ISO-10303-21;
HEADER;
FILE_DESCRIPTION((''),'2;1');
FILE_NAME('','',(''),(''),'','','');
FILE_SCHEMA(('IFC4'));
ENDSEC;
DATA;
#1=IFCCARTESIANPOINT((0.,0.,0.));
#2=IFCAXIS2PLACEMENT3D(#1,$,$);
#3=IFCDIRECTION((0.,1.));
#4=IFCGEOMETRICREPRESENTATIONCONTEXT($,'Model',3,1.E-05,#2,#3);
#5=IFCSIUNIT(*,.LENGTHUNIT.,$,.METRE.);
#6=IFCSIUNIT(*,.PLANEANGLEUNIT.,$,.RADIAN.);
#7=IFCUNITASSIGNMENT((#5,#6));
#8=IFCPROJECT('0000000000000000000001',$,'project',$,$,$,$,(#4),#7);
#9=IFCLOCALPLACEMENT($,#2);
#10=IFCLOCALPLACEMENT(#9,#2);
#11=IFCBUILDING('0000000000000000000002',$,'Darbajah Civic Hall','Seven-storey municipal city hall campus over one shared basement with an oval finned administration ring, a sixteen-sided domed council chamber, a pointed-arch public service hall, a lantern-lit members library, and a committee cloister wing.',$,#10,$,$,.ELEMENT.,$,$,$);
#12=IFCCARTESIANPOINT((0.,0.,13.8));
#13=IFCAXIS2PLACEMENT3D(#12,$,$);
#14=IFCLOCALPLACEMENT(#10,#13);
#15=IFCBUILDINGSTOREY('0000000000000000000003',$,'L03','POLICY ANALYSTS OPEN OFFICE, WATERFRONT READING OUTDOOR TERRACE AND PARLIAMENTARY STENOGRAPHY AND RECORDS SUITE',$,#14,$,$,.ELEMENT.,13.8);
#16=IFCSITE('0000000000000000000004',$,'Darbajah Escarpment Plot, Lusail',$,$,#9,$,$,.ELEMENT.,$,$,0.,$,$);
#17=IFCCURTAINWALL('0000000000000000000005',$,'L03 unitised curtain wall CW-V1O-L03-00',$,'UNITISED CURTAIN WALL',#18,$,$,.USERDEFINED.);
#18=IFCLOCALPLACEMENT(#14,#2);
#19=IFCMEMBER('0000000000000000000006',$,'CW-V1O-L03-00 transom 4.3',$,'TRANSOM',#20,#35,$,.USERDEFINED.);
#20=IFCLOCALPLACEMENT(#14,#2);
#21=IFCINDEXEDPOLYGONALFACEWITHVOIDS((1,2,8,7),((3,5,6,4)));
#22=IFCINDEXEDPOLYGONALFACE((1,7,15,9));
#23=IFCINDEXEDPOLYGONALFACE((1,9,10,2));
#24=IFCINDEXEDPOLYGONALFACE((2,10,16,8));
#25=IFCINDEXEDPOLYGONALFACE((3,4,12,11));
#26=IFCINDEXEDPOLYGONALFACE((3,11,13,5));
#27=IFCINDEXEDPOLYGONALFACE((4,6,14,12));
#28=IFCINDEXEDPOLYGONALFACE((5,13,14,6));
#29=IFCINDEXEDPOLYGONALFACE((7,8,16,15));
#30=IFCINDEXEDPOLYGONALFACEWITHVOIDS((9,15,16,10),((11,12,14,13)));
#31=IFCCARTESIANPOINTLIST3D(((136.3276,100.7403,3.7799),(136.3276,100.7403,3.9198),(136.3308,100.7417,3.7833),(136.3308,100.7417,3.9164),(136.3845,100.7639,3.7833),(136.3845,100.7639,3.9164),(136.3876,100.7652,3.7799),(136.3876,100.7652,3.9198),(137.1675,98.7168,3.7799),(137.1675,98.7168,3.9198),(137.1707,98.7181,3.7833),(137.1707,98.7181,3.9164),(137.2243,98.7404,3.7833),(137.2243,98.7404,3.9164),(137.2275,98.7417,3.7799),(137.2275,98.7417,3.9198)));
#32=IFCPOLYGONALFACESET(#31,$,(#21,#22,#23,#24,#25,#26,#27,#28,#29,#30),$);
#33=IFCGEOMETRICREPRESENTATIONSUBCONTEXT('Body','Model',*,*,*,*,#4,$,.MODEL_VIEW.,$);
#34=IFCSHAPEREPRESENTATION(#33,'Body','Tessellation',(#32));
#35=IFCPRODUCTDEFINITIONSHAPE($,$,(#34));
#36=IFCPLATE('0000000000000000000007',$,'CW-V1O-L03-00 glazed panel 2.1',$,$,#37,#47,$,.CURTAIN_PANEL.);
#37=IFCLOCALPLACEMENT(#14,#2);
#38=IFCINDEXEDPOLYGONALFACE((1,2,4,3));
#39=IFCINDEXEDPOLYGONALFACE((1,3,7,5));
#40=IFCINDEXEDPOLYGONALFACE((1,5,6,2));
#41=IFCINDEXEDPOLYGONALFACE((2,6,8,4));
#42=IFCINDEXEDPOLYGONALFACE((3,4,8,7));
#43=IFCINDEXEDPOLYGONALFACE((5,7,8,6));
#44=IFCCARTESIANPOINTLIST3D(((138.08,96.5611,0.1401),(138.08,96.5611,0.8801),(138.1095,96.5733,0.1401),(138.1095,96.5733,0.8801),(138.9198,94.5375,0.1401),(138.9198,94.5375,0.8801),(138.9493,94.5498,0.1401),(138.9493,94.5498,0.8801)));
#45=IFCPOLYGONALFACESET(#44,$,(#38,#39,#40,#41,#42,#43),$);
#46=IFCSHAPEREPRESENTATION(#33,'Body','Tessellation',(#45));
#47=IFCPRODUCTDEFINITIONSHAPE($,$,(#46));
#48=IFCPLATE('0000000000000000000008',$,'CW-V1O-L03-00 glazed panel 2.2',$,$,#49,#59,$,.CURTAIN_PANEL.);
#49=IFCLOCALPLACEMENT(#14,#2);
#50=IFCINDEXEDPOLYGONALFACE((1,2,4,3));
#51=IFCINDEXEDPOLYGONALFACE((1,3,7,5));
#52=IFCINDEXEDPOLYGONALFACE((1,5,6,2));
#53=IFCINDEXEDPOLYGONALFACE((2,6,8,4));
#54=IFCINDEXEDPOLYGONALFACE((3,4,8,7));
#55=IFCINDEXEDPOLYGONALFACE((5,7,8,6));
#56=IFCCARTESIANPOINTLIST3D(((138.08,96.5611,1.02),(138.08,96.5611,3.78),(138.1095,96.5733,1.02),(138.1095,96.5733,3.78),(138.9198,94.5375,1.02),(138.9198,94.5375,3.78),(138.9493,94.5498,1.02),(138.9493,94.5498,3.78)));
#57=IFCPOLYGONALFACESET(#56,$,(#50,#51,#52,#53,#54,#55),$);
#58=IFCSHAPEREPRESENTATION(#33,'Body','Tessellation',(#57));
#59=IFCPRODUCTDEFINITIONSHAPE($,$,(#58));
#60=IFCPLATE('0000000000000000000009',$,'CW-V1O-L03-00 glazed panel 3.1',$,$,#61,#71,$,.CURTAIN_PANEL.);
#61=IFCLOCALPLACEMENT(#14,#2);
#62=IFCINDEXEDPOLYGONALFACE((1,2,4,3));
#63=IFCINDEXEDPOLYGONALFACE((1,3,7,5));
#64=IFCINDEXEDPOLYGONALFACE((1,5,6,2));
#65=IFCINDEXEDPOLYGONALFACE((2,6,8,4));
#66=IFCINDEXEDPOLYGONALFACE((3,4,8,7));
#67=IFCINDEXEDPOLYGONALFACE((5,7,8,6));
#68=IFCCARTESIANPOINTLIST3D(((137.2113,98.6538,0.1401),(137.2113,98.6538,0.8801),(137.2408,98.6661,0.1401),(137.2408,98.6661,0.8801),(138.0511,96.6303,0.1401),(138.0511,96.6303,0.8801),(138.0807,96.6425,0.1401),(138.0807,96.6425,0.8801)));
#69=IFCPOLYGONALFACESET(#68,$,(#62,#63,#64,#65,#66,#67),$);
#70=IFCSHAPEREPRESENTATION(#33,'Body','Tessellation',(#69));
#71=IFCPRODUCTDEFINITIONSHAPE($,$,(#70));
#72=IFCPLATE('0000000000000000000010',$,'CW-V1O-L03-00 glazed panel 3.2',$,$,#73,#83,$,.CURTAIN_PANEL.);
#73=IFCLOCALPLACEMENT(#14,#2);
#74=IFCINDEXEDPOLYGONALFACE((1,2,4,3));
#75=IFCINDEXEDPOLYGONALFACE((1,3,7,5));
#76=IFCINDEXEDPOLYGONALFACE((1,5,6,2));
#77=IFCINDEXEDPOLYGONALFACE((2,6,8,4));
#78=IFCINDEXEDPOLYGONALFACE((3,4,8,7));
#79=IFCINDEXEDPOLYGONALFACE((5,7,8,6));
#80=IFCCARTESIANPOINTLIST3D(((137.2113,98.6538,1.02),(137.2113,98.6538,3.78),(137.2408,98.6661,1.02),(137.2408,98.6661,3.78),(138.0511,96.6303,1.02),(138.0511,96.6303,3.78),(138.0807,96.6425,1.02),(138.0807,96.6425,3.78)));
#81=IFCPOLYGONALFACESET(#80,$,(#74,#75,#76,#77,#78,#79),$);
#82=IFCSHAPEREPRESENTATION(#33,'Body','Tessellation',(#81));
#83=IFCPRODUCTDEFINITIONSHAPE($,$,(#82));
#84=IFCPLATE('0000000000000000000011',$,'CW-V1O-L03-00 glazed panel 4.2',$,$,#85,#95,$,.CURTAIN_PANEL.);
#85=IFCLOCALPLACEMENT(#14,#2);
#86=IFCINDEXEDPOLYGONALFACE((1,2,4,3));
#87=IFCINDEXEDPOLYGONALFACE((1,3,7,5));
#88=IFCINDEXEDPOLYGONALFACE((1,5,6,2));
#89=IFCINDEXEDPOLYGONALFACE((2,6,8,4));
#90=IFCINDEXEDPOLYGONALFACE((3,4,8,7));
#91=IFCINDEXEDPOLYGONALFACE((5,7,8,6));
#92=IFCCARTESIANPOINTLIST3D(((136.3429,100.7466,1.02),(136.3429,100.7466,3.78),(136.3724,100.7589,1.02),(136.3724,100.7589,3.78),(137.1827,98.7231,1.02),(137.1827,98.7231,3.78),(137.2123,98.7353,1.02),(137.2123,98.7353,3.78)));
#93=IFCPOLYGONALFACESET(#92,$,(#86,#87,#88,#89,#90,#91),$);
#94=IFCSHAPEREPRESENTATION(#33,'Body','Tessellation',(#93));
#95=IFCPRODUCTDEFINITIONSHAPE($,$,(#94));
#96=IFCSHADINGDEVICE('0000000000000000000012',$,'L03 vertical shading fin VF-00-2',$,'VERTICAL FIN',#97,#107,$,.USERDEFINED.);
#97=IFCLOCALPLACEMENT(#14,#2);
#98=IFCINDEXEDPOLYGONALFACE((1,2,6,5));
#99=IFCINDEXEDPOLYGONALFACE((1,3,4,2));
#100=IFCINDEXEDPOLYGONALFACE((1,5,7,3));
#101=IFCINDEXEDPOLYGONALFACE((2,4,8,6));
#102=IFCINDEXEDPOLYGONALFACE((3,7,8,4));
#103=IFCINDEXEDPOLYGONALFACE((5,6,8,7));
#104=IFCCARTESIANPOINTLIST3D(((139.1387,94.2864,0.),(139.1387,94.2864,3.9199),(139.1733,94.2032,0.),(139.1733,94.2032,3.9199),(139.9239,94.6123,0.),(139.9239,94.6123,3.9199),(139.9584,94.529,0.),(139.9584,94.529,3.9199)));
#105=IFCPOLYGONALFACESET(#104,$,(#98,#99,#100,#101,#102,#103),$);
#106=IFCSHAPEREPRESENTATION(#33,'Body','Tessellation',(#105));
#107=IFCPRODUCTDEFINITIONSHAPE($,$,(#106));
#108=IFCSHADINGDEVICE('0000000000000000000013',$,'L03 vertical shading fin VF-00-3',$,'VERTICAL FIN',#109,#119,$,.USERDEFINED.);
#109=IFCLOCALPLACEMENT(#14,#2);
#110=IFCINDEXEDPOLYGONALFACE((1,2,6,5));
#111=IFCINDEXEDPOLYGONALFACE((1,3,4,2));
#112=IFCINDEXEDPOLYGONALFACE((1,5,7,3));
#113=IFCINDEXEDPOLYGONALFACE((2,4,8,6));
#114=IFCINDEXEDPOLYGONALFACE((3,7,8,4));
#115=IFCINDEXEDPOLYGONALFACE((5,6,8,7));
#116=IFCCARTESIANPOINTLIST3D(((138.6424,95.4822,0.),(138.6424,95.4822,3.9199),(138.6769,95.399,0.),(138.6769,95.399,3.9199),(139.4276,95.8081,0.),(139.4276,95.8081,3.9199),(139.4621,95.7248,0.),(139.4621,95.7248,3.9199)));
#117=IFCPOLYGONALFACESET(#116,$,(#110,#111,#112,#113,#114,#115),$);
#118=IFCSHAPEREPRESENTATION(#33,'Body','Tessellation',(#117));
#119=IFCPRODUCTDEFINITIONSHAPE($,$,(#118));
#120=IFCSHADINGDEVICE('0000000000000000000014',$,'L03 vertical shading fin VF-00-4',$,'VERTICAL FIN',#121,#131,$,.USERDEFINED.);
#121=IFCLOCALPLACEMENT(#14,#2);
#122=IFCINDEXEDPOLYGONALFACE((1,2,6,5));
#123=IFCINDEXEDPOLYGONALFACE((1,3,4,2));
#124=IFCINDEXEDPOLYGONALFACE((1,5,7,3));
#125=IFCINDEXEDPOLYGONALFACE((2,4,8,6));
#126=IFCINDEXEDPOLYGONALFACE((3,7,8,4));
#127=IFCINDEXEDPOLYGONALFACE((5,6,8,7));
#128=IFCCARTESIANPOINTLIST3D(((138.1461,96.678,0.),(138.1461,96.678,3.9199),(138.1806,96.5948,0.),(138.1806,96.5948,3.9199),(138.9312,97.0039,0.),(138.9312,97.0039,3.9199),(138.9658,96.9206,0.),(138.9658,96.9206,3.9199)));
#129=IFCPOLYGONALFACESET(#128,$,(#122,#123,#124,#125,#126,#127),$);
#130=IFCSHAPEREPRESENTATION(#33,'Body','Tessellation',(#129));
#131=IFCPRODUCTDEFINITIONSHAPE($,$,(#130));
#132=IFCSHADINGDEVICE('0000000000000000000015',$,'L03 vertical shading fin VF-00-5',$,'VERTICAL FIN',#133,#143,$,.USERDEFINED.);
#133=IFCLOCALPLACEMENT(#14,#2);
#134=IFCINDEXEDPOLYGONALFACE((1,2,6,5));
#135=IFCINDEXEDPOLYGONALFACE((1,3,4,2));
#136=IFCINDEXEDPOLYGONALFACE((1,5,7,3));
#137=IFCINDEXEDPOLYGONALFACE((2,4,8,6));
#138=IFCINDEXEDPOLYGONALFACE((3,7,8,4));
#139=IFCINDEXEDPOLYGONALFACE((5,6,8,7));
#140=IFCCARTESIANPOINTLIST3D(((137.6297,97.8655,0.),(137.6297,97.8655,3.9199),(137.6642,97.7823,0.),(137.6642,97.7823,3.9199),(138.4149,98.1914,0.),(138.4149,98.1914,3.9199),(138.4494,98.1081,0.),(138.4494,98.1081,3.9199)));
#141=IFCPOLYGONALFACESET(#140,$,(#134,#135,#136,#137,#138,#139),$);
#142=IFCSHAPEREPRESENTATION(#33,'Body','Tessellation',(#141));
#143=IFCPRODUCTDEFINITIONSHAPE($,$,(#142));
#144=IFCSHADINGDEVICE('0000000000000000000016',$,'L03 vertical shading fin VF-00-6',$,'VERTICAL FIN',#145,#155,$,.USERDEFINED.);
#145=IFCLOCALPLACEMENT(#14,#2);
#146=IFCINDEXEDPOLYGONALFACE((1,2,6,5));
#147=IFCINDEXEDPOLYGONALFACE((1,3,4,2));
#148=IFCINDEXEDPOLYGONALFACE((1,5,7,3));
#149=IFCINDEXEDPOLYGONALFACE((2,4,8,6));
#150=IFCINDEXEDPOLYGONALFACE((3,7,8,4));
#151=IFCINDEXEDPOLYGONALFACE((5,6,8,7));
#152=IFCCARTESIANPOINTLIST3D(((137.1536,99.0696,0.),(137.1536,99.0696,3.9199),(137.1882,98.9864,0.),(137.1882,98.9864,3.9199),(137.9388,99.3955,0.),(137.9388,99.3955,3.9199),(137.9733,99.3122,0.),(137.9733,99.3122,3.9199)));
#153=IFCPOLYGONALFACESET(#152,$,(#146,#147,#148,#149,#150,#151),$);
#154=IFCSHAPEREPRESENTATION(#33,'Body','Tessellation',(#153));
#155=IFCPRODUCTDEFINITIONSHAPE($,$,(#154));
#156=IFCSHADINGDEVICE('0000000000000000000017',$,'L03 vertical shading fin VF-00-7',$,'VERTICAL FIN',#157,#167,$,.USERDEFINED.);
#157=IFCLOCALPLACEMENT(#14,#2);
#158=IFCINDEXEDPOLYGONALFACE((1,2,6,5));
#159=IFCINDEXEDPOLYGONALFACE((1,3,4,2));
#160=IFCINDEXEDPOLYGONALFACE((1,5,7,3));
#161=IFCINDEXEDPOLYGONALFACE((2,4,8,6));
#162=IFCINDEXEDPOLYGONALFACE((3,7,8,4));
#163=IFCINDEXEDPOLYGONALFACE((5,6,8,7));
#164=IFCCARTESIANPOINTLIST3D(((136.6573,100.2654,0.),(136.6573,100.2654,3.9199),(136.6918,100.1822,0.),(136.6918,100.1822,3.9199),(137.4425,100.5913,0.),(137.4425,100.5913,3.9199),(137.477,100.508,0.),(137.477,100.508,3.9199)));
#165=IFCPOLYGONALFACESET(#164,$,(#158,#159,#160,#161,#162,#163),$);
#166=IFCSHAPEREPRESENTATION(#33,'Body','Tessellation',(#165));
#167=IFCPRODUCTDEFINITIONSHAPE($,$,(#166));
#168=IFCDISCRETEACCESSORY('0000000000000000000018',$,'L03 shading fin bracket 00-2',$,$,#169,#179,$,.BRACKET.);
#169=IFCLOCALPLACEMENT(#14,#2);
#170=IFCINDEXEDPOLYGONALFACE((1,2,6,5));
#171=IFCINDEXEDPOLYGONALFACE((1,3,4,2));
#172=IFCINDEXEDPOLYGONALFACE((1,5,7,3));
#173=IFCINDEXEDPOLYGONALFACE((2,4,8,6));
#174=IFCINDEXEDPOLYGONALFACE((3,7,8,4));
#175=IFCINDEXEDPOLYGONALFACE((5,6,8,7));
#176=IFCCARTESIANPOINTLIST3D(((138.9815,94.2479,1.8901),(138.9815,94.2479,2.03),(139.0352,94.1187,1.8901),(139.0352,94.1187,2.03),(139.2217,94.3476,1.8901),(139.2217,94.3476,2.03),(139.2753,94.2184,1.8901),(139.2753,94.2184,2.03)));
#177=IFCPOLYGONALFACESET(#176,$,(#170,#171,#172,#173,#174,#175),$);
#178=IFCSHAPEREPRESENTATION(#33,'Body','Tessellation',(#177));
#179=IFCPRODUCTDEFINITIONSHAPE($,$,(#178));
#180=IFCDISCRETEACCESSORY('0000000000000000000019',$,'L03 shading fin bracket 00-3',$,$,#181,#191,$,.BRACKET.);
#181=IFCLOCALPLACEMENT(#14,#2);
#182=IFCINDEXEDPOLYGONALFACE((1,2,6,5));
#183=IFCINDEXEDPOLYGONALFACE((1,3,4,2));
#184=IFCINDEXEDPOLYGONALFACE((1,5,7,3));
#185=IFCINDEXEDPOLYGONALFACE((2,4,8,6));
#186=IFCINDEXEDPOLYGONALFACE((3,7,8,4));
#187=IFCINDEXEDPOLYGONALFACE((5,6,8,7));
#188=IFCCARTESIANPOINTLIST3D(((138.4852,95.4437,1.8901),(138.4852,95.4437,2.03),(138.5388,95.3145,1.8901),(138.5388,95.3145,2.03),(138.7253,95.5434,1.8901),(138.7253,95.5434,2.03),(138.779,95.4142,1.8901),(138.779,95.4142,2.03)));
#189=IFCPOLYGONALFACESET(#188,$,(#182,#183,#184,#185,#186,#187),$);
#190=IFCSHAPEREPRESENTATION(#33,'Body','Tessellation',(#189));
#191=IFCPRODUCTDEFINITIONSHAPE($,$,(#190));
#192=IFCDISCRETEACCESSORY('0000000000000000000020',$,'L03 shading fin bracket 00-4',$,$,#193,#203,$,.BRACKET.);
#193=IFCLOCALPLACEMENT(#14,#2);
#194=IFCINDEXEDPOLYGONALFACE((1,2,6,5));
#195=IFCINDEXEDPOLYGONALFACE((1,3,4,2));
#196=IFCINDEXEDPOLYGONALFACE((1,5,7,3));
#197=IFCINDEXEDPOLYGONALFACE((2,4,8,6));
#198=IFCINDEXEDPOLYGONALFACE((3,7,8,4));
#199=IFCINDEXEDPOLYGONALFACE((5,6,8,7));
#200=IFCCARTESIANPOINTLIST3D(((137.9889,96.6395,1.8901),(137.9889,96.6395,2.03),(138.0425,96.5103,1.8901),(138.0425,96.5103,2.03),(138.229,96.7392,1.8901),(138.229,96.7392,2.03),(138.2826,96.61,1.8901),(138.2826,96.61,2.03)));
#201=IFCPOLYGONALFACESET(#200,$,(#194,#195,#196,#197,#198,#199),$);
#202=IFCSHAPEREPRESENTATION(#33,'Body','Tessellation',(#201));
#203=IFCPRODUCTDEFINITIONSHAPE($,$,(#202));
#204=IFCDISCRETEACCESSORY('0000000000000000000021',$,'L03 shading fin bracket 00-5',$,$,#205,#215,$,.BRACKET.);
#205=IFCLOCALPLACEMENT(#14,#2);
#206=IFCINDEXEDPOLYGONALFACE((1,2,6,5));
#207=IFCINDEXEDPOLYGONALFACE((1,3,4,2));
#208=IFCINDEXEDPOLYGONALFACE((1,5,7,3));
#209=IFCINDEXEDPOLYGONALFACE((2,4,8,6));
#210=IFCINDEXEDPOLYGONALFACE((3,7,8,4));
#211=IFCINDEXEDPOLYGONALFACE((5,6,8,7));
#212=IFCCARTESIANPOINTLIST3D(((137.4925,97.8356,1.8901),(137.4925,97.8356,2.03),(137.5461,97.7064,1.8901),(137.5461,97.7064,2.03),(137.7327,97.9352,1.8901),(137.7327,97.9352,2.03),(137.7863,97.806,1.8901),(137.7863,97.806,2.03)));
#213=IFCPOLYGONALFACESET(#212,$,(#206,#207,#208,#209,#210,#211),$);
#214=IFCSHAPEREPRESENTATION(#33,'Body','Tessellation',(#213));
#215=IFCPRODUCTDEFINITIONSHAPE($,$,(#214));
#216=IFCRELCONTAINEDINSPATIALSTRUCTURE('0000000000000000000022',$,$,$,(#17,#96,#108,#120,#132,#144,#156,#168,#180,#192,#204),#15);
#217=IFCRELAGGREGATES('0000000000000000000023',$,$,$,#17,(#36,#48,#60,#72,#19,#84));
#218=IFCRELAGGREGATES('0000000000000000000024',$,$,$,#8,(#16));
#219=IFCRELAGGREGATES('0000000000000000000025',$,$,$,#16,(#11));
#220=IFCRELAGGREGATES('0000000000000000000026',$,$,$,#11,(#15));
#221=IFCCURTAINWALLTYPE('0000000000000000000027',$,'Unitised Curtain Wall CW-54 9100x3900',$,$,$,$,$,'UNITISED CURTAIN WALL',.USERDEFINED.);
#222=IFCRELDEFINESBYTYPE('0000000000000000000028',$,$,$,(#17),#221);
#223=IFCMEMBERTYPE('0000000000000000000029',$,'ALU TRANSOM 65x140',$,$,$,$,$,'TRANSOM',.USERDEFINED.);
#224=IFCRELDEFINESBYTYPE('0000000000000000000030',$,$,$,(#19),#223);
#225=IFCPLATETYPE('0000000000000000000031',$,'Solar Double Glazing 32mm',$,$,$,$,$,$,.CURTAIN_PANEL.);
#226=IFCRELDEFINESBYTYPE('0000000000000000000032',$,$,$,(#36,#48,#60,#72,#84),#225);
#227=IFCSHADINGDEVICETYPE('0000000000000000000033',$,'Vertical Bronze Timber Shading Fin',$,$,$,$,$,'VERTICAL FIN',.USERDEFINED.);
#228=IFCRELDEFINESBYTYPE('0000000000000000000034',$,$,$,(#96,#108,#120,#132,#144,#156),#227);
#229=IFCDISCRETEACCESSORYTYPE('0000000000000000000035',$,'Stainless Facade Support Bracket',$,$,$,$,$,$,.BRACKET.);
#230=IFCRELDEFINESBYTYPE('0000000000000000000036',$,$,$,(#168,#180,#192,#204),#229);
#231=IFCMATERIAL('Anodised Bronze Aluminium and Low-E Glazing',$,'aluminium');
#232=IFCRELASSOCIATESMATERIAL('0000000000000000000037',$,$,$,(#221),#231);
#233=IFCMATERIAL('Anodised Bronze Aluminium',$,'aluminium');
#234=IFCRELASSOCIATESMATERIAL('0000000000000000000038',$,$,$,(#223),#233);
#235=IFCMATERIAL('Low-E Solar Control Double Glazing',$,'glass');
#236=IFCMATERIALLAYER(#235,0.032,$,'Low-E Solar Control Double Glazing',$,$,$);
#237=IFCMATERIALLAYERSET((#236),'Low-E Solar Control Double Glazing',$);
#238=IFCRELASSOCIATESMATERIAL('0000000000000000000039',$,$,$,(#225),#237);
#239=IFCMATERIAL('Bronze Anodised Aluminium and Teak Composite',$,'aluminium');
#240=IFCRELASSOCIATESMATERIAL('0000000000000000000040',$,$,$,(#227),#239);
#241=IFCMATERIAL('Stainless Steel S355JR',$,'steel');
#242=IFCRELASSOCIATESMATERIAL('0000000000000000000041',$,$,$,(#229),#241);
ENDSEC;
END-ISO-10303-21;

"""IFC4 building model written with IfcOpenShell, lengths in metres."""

from ifc_helpers import new_model, si_unit, direction, frame, origin, origin_2d, place, context, subcontext, project, spatial, rectangle, hollow_rectangle, extrude, material, layer, layer_set, material_profile, profile_set, type_object, element, aggregate, save


model = new_model("IFC4")

# Units and contexts
model_context = context("Model", 3, precision=1e-05, world=origin(), true_north=direction((0.0, 1.0)))
body_context = subcontext(model_context, "Body", "Model", "MODEL_VIEW")
ifc_project = project(units=[si_unit("LENGTHUNIT", "METRE"), si_unit("PLANEANGLEUNIT", "RADIAN")], contexts=[model_context])

# Site, building, storey
site_placement = place(None, origin())
site = spatial("IfcSite", under=ifc_project, at=site_placement, Name="Darbajah Escarpment Plot, Lusail", CompositionType="ELEMENT", RefElevation=0.0)
building_placement = place(site_placement, origin())
building = spatial("IfcBuilding", under=site, at=building_placement, Name="Darbajah Civic Hall", Description="Seven-storey municipal city hall campus over one shared basement with an oval finned administration ring, a sixteen-sided domed council chamber, a pointed-arch public service hall, a lantern-lit members library, and a committee cloister wing.", CompositionType="ELEMENT")
storey_placement = place(building_placement, frame((0.0, 0.0, 13.8)))
storey = spatial("IfcBuildingStorey", under=building, at=storey_placement, Name="L03", Description="POLICY ANALYSTS OPEN OFFICE, WATERFRONT READING OUTDOOR TERRACE AND PARLIAMENTARY STENOGRAPHY AND RECORDS SUITE", CompositionType="ELEMENT", Elevation=13.8)

# Curtain wall, member, plates
ifc_material_1 = material(Name="Anodised Bronze Aluminium and Low-E Glazing", Category="aluminium")
curtain_wall_type = type_object("IfcCurtainWallType", Name="Unitised Curtain Wall CW-54 9100x3900", ElementType="UNITISED CURTAIN WALL", PredefinedType="USERDEFINED", material=ifc_material_1)
curtain_wall_placement = place(storey_placement, origin())
curtain_wall = element("IfcCurtainWall", 1, at=curtain_wall_placement, inside=storey, type_object=curtain_wall_type, Name="L03 unitised curtain wall CW-V1O-L03-00", ObjectType="UNITISED CURTAIN WALL", PredefinedType="USERDEFINED")
ifc_material_2 = material(Name="Anodised Bronze Aluminium", Category="aluminium")
ifc_material_profile_1 = material_profile(ifc_material_2, hollow_rectangle(XDim=0.0649, YDim=0.1399, WallThickness=0.0034, at=origin_2d()), Name="ALU TRANSOM 65x140")
ifc_profile_set_1 = profile_set([ifc_material_profile_1], Name="Anodised Bronze Aluminium")
member_type_1 = type_object("IfcMemberType", Name="ALU TRANSOM 65x140", ElementType="TRANSOM", PredefinedType="USERDEFINED", material=ifc_profile_set_1)
member_1_placement = place(storey_placement, frame((137.1975, 98.7292, 3.8499), z_axis=(-0.383349, 0.923604, 0.0), x_axis=(-0.923604, -0.383349, 0.0)))
member_1 = element("IfcMember", 2, at=member_1_placement, type_object=member_type_1, Name="CW-V1O-L03-00 transom 4.3", ObjectType="TRANSOM", PredefinedType="USERDEFINED", context=body_context, shape_type="SweptSolid", body=[
    extrude(hollow_rectangle(XDim=0.0649, YDim=0.1399, WallThickness=0.0034, at=origin_2d()), origin(), (0.0, 0.0, 1.0), 2.1909),
])
ifc_material_3 = material(Name="Low-E Solar Control Double Glazing", Category="glass")
ifc_layer = layer(ifc_material_3, 0.032, Name="Low-E Solar Control Double Glazing")
ifc_layer_set = layer_set([ifc_layer], Name="Low-E Solar Control Double Glazing")
plate_type = type_object("IfcPlateType", Name="Solar Double Glazing 32mm", PredefinedType="CURTAIN_PANEL", material=ifc_layer_set)
plate_1_placement = place(storey_placement, frame((138.5146, 95.5554, 0.1401), z_axis=(0.0, 0.0, 1.0), x_axis=(-0.383328, 0.923612, 0.0)))
plate_1 = element("IfcPlate", 3, at=plate_1_placement, type_object=plate_type, Name="CW-V1O-L03-00 glazed panel 2.1", PredefinedType="CURTAIN_PANEL", context=body_context, shape_type="SweptSolid", body=[
    extrude(rectangle(XDim=2.1909, YDim=0.032, at=origin_2d()), origin(), (0.0, 0.0, 1.0), 0.74),
])
plate_2_placement = place(storey_placement, frame((138.5146, 95.5554, 1.02), z_axis=(0.0, 0.0, 1.0), x_axis=(-0.383328, 0.923612, 0.0)))
plate_2 = element("IfcPlate", 4, at=plate_2_placement, type_object=plate_type, Name="CW-V1O-L03-00 glazed panel 2.2", PredefinedType="CURTAIN_PANEL", context=body_context, shape_type="SweptSolid", body=[
    extrude(rectangle(XDim=2.1909, YDim=0.032, at=origin_2d()), origin(), (0.0, 0.0, 1.0), 2.76),
])
plate_3_placement = place(storey_placement, frame((137.646, 97.6482, 0.1401), z_axis=(0.0, 0.0, 1.0), x_axis=(-0.383328, 0.923612, 0.0)))
plate_3 = element("IfcPlate", 5, at=plate_3_placement, type_object=plate_type, Name="CW-V1O-L03-00 glazed panel 3.1", PredefinedType="CURTAIN_PANEL", context=body_context, shape_type="SweptSolid", body=[
    extrude(rectangle(XDim=2.1909, YDim=0.032, at=origin_2d()), origin(), (0.0, 0.0, 1.0), 0.74),
])
plate_4_placement = place(storey_placement, frame((137.646, 97.6482, 1.02), z_axis=(0.0, 0.0, 1.0), x_axis=(-0.383328, 0.923612, 0.0)))
plate_4 = element("IfcPlate", 6, at=plate_4_placement, type_object=plate_type, Name="CW-V1O-L03-00 glazed panel 3.2", PredefinedType="CURTAIN_PANEL", context=body_context, shape_type="SweptSolid", body=[
    extrude(rectangle(XDim=2.1909, YDim=0.032, at=origin_2d()), origin(), (0.0, 0.0, 1.0), 2.76),
])
plate_5_placement = place(storey_placement, frame((136.7776, 99.741, 1.02), z_axis=(0.0, 0.0, 1.0), x_axis=(-0.383328, 0.923612, 0.0)))
plate_5 = element("IfcPlate", 7, at=plate_5_placement, type_object=plate_type, Name="CW-V1O-L03-00 glazed panel 4.2", PredefinedType="CURTAIN_PANEL", context=body_context, shape_type="SweptSolid", body=[
    extrude(rectangle(XDim=2.1909, YDim=0.032, at=origin_2d()), origin(), (0.0, 0.0, 1.0), 2.76),
])
aggregate(curtain_wall, [plate_1, plate_2, plate_3, plate_4, member_1, plate_5])

# Shading devices
ifc_material_4 = material(Name="Bronze Anodised Aluminium and Teak Composite", Category="aluminium")
shading_device_type = type_object("IfcShadingDeviceType", Name="Vertical Bronze Timber Shading Fin", ElementType="VERTICAL FIN", PredefinedType="USERDEFINED", material=ifc_material_4)
for number, where, z_axis, x_axis, name in (
    (8, (139.5486, 94.4077, 0.0), (0.0, 0.0, 1.0), (0.923612, 0.383328, 0.0), "L03 vertical shading fin VF-00-2"),
    (9, (139.0522, 95.6035, 0.0), (0.0, 0.0, 1.0), (0.923612, 0.383328, 0.0), "L03 vertical shading fin VF-00-3"),
    (10, (138.5559, 96.7993, 0.0), (0.0, 0.0, 1.0), (0.923612, 0.383328, 0.0), "L03 vertical shading fin VF-00-4"),
    (11, (138.0396, 97.9868, 0.0), (0.0, 0.0, 1.0), (0.923612, 0.383328, 0.0), "L03 vertical shading fin VF-00-5"),
    (12, (137.5635, 99.1909, 0.0), (0.0, 0.0, 1.0), (0.923612, 0.383328, 0.0), "L03 vertical shading fin VF-00-6"),
    (13, (137.0671, 100.3867, 0.0), (0.0, 0.0, 1.0), (0.923612, 0.383328, 0.0), "L03 vertical shading fin VF-00-7"),
):
    element("IfcShadingDevice", number, at=place(storey_placement, frame(where, z_axis=z_axis, x_axis=x_axis)), inside=storey, type_object=shading_device_type, Name=name, ObjectType="VERTICAL FIN", PredefinedType="USERDEFINED", context=body_context, shape_type="SweptSolid", body=[
        extrude(rectangle(XDim=0.8501, YDim=0.0901, at=origin_2d()), origin(), (0.0, 0.0, 1.0), 3.9199),
    ])

# Discrete accessories
ifc_material_5 = material(Name="Stainless Steel S355JR", Category="steel")
discrete_accessory_type = type_object("IfcDiscreteAccessoryType", Name="Stainless Facade Support Bracket", PredefinedType="BRACKET", material=ifc_material_5)
for number, where, z_axis, x_axis, name in (
    (14, (139.1284, 94.2332, 1.8901), (0.0, 0.0, 1.0), (0.923612, 0.383328, 0.0), "L03 shading fin bracket 00-2"),
    (15, (138.6321, 95.429, 1.8901), (0.0, 0.0, 1.0), (0.923612, 0.383328, 0.0), "L03 shading fin bracket 00-3"),
    (16, (138.1357, 96.6248, 1.8901), (0.0, 0.0, 1.0), (0.923612, 0.383328, 0.0), "L03 shading fin bracket 00-4"),
    (17, (137.6394, 97.8208, 1.8901), (0.0, 0.0, 1.0), (0.923612, 0.383328, 0.0), "L03 shading fin bracket 00-5"),
):
    element("IfcDiscreteAccessory", number, at=place(storey_placement, frame(where, z_axis=z_axis, x_axis=x_axis)), inside=storey, type_object=discrete_accessory_type, Name=name, PredefinedType="BRACKET", context=body_context, shape_type="SweptSolid", body=[
        extrude(rectangle(XDim=0.26, YDim=0.1399, at=origin_2d()), origin(), (0.0, 0.0, 1.0), 0.1399),
    ])

save(model, "model.ifc")
